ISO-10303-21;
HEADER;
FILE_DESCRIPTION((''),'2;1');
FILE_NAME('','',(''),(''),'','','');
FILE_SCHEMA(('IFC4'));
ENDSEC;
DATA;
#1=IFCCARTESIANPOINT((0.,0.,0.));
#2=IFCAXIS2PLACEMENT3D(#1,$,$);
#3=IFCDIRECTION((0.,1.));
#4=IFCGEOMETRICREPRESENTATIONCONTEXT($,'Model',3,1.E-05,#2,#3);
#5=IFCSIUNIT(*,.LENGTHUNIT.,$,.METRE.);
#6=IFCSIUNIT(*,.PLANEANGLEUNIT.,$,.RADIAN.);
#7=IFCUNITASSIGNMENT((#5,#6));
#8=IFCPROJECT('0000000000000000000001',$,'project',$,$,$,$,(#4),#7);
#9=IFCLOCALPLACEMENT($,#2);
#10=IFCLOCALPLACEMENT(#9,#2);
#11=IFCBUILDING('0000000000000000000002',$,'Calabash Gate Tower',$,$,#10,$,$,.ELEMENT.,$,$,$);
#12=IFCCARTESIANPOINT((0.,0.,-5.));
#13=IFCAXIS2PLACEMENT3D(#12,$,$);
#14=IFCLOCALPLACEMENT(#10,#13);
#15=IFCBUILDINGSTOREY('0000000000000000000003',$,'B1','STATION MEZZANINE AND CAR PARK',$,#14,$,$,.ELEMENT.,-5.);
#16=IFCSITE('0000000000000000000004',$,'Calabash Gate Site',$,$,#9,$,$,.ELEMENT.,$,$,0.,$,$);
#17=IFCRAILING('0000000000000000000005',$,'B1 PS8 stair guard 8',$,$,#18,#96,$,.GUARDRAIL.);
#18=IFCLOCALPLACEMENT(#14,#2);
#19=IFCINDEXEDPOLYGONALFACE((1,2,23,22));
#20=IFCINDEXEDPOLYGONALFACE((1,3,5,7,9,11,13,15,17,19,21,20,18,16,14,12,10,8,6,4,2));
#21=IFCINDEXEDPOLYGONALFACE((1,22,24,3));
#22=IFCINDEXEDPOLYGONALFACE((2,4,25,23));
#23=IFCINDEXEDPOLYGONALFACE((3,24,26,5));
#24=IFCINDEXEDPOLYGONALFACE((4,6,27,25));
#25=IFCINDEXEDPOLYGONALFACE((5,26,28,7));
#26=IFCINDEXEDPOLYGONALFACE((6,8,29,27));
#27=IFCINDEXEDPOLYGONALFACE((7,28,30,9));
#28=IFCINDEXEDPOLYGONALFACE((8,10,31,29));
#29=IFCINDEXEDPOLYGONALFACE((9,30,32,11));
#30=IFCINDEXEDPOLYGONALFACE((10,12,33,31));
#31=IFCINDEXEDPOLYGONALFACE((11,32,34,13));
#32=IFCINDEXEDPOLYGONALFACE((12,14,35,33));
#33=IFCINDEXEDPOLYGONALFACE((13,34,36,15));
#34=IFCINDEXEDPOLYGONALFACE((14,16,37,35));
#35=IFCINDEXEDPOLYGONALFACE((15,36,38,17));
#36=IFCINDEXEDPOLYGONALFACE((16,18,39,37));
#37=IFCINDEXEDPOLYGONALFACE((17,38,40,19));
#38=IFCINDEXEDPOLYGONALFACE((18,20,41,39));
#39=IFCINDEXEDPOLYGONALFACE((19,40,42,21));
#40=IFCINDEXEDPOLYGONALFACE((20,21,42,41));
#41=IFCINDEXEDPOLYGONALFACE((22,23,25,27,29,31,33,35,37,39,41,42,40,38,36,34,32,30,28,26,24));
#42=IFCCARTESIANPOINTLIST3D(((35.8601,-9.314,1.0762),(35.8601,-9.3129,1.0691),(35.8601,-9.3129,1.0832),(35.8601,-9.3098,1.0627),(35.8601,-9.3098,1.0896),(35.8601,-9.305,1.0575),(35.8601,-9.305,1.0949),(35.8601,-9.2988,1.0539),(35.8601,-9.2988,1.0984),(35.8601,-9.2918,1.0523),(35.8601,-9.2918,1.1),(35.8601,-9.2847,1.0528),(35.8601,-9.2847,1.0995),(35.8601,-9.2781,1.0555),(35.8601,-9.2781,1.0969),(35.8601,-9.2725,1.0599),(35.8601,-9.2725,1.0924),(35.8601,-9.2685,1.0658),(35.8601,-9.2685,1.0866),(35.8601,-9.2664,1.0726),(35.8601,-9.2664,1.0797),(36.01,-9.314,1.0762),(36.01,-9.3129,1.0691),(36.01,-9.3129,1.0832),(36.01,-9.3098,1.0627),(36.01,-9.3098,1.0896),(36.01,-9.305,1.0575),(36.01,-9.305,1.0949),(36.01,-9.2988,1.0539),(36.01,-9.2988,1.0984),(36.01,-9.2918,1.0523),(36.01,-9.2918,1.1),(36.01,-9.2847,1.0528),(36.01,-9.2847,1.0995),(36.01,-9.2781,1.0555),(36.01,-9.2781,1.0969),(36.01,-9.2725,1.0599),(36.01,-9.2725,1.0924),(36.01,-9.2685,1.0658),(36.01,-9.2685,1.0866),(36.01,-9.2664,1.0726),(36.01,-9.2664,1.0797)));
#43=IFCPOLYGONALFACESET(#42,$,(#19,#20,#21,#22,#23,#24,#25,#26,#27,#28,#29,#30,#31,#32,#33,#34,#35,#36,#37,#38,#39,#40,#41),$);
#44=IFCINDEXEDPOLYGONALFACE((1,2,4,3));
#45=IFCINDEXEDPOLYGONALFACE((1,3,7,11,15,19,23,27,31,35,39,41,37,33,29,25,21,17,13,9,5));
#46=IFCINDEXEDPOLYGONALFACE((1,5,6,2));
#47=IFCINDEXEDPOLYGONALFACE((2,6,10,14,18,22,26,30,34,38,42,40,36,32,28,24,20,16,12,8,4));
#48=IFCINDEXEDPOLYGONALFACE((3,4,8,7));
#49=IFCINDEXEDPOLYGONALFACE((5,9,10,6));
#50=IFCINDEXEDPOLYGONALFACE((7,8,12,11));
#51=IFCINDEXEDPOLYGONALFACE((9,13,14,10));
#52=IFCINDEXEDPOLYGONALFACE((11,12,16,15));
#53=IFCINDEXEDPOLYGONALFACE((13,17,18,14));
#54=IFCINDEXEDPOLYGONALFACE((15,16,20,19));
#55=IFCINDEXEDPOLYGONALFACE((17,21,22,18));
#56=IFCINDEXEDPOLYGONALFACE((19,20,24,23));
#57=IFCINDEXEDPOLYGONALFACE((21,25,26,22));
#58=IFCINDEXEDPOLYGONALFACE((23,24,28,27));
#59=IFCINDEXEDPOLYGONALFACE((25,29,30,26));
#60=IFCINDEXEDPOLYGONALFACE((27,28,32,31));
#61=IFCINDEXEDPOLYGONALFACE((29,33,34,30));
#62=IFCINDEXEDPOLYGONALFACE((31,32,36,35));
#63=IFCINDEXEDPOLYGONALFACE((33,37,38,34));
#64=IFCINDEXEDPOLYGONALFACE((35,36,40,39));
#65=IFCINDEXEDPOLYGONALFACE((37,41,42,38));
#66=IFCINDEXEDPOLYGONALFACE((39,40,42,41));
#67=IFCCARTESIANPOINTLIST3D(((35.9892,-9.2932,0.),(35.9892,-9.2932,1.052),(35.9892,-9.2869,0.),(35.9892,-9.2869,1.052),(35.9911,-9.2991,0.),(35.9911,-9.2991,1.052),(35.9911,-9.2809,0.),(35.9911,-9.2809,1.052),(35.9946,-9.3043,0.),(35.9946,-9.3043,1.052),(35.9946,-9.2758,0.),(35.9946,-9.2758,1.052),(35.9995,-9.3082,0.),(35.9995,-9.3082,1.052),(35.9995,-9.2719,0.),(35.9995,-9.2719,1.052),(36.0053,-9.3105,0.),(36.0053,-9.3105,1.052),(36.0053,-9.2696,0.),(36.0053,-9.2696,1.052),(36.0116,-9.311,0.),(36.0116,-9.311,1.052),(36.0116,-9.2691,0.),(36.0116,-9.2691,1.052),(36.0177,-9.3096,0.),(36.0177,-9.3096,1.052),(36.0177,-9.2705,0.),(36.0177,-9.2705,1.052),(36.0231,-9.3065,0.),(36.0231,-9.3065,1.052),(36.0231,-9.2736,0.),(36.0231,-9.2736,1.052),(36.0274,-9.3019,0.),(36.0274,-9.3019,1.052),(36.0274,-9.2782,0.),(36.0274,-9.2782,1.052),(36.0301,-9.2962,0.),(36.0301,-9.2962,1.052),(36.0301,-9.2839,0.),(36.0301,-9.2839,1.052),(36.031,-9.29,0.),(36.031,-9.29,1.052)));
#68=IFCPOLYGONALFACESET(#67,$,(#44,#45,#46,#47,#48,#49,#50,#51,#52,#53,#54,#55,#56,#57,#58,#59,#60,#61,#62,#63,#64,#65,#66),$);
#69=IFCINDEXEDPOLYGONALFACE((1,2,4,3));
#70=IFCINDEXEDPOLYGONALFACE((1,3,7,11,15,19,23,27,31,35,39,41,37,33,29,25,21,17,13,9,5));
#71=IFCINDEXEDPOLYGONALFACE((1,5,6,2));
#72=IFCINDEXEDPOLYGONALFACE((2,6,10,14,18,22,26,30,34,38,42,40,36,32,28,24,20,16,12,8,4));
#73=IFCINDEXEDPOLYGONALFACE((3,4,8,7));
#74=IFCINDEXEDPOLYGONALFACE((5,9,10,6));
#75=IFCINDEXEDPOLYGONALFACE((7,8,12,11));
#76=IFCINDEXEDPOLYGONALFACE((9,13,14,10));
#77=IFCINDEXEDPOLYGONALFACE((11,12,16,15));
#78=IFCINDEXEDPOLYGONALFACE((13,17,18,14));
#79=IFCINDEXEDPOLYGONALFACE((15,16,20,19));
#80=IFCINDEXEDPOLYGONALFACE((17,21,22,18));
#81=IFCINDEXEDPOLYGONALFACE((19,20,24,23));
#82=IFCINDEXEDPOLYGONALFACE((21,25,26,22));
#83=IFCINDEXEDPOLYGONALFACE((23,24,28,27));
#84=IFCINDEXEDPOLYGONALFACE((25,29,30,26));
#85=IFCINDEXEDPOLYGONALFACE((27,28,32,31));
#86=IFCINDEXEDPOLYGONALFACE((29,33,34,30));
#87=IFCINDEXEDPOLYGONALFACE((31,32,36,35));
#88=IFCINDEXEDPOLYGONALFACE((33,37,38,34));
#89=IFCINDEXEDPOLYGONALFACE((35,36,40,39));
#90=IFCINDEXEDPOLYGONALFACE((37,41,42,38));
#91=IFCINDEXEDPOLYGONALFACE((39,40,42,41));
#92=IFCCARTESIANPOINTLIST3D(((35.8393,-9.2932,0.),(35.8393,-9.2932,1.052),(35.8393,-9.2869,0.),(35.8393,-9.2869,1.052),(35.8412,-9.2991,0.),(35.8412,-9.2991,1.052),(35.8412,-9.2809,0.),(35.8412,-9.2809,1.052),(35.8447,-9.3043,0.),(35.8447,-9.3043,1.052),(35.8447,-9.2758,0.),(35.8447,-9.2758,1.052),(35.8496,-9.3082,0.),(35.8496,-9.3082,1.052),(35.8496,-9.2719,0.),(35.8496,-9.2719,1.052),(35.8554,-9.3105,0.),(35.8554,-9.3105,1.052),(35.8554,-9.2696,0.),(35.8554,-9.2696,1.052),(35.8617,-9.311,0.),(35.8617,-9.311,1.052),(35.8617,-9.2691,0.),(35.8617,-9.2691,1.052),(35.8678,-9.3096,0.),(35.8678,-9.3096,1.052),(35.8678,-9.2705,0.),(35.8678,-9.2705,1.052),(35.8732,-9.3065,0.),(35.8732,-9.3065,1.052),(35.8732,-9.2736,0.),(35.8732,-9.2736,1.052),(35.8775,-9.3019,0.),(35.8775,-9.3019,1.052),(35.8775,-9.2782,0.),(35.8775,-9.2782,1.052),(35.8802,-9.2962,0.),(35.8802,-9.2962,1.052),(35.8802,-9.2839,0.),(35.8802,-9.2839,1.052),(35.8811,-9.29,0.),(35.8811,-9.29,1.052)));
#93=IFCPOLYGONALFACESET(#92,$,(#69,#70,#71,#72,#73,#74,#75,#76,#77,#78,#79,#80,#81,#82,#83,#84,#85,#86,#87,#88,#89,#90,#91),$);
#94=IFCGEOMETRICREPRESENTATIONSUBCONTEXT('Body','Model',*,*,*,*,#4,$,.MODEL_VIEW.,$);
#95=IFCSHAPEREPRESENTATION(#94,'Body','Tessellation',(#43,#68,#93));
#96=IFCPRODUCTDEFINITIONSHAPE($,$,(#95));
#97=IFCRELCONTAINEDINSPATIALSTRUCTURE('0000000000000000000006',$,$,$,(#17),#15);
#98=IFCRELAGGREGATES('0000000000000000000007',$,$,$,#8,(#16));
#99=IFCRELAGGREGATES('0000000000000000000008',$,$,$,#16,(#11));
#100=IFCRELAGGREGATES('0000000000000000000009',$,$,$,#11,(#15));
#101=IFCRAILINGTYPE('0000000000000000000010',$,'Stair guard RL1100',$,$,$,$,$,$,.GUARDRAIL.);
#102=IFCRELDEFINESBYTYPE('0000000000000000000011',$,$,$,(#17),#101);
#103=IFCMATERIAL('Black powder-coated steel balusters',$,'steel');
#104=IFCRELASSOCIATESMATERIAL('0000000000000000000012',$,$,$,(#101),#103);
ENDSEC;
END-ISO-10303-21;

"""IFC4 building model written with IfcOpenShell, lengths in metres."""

from ifc_helpers import new_model, si_unit, direction, frame, origin, origin_2d, place, context, subcontext, project, spatial, circle, extrude, material, type_object, element, save


model = new_model("IFC4")

# Units and contexts
model_context = context("Model", 3, precision=1e-05, world=origin(), true_north=direction((0.0, 1.0)))
body_context = subcontext(model_context, "Body", "Model", "MODEL_VIEW")
ifc_project = project(units=[si_unit("LENGTHUNIT", "METRE"), si_unit("PLANEANGLEUNIT", "RADIAN")], contexts=[model_context])

# Site, building, storey
site_placement = place(None, origin())
site = spatial("IfcSite", under=ifc_project, at=site_placement, Name="Calabash Gate Site", CompositionType="ELEMENT", RefElevation=0.0)
building_placement = place(site_placement, origin())
building = spatial("IfcBuilding", under=site, at=building_placement, Name="Calabash Gate Tower", CompositionType="ELEMENT")
storey_placement = place(building_placement, frame((0.0, 0.0, -5.0)))
storey = spatial("IfcBuildingStorey", under=building, at=storey_placement, Name="B1", Description="STATION MEZZANINE AND CAR PARK", CompositionType="ELEMENT", Elevation=-5.0)

# Railing
ifc_material_1 = material(Name="Black powder-coated steel balusters", Category="steel")
railing_type = type_object("IfcRailingType", Name="Stair guard RL1100", PredefinedType="GUARDRAIL", material=ifc_material_1)
for number, where, name in (
    (1, (36.01, -9.29, 0.0), "B1 PS8 stair guard 8"),
):
    element("IfcRailing", number, at=place(storey_placement, frame(where)), inside=storey, type_object=railing_type, Name=name, PredefinedType="GUARDRAIL", context=body_context, shape_type="SweptSolid", body=[
        extrude(circle(Radius=0.0239, at=origin_2d()), frame((0.0, 0.0, 1.0762), z_axis=(-1.0, 0.0, 0.0), x_axis=(0.0, -1.0, 0.0)), (0.0, 0.0, 1.0), 0.1499),
        extrude(circle(Radius=0.021, at=origin_2d()), origin(), (0.0, 0.0, 1.0), 1.052),
        extrude(circle(Radius=0.021, at=origin_2d()), frame((-0.1499, 0.0, 0.0)), (0.0, 0.0, 1.0), 1.052),
    ])

save(model, "model.ifc")
